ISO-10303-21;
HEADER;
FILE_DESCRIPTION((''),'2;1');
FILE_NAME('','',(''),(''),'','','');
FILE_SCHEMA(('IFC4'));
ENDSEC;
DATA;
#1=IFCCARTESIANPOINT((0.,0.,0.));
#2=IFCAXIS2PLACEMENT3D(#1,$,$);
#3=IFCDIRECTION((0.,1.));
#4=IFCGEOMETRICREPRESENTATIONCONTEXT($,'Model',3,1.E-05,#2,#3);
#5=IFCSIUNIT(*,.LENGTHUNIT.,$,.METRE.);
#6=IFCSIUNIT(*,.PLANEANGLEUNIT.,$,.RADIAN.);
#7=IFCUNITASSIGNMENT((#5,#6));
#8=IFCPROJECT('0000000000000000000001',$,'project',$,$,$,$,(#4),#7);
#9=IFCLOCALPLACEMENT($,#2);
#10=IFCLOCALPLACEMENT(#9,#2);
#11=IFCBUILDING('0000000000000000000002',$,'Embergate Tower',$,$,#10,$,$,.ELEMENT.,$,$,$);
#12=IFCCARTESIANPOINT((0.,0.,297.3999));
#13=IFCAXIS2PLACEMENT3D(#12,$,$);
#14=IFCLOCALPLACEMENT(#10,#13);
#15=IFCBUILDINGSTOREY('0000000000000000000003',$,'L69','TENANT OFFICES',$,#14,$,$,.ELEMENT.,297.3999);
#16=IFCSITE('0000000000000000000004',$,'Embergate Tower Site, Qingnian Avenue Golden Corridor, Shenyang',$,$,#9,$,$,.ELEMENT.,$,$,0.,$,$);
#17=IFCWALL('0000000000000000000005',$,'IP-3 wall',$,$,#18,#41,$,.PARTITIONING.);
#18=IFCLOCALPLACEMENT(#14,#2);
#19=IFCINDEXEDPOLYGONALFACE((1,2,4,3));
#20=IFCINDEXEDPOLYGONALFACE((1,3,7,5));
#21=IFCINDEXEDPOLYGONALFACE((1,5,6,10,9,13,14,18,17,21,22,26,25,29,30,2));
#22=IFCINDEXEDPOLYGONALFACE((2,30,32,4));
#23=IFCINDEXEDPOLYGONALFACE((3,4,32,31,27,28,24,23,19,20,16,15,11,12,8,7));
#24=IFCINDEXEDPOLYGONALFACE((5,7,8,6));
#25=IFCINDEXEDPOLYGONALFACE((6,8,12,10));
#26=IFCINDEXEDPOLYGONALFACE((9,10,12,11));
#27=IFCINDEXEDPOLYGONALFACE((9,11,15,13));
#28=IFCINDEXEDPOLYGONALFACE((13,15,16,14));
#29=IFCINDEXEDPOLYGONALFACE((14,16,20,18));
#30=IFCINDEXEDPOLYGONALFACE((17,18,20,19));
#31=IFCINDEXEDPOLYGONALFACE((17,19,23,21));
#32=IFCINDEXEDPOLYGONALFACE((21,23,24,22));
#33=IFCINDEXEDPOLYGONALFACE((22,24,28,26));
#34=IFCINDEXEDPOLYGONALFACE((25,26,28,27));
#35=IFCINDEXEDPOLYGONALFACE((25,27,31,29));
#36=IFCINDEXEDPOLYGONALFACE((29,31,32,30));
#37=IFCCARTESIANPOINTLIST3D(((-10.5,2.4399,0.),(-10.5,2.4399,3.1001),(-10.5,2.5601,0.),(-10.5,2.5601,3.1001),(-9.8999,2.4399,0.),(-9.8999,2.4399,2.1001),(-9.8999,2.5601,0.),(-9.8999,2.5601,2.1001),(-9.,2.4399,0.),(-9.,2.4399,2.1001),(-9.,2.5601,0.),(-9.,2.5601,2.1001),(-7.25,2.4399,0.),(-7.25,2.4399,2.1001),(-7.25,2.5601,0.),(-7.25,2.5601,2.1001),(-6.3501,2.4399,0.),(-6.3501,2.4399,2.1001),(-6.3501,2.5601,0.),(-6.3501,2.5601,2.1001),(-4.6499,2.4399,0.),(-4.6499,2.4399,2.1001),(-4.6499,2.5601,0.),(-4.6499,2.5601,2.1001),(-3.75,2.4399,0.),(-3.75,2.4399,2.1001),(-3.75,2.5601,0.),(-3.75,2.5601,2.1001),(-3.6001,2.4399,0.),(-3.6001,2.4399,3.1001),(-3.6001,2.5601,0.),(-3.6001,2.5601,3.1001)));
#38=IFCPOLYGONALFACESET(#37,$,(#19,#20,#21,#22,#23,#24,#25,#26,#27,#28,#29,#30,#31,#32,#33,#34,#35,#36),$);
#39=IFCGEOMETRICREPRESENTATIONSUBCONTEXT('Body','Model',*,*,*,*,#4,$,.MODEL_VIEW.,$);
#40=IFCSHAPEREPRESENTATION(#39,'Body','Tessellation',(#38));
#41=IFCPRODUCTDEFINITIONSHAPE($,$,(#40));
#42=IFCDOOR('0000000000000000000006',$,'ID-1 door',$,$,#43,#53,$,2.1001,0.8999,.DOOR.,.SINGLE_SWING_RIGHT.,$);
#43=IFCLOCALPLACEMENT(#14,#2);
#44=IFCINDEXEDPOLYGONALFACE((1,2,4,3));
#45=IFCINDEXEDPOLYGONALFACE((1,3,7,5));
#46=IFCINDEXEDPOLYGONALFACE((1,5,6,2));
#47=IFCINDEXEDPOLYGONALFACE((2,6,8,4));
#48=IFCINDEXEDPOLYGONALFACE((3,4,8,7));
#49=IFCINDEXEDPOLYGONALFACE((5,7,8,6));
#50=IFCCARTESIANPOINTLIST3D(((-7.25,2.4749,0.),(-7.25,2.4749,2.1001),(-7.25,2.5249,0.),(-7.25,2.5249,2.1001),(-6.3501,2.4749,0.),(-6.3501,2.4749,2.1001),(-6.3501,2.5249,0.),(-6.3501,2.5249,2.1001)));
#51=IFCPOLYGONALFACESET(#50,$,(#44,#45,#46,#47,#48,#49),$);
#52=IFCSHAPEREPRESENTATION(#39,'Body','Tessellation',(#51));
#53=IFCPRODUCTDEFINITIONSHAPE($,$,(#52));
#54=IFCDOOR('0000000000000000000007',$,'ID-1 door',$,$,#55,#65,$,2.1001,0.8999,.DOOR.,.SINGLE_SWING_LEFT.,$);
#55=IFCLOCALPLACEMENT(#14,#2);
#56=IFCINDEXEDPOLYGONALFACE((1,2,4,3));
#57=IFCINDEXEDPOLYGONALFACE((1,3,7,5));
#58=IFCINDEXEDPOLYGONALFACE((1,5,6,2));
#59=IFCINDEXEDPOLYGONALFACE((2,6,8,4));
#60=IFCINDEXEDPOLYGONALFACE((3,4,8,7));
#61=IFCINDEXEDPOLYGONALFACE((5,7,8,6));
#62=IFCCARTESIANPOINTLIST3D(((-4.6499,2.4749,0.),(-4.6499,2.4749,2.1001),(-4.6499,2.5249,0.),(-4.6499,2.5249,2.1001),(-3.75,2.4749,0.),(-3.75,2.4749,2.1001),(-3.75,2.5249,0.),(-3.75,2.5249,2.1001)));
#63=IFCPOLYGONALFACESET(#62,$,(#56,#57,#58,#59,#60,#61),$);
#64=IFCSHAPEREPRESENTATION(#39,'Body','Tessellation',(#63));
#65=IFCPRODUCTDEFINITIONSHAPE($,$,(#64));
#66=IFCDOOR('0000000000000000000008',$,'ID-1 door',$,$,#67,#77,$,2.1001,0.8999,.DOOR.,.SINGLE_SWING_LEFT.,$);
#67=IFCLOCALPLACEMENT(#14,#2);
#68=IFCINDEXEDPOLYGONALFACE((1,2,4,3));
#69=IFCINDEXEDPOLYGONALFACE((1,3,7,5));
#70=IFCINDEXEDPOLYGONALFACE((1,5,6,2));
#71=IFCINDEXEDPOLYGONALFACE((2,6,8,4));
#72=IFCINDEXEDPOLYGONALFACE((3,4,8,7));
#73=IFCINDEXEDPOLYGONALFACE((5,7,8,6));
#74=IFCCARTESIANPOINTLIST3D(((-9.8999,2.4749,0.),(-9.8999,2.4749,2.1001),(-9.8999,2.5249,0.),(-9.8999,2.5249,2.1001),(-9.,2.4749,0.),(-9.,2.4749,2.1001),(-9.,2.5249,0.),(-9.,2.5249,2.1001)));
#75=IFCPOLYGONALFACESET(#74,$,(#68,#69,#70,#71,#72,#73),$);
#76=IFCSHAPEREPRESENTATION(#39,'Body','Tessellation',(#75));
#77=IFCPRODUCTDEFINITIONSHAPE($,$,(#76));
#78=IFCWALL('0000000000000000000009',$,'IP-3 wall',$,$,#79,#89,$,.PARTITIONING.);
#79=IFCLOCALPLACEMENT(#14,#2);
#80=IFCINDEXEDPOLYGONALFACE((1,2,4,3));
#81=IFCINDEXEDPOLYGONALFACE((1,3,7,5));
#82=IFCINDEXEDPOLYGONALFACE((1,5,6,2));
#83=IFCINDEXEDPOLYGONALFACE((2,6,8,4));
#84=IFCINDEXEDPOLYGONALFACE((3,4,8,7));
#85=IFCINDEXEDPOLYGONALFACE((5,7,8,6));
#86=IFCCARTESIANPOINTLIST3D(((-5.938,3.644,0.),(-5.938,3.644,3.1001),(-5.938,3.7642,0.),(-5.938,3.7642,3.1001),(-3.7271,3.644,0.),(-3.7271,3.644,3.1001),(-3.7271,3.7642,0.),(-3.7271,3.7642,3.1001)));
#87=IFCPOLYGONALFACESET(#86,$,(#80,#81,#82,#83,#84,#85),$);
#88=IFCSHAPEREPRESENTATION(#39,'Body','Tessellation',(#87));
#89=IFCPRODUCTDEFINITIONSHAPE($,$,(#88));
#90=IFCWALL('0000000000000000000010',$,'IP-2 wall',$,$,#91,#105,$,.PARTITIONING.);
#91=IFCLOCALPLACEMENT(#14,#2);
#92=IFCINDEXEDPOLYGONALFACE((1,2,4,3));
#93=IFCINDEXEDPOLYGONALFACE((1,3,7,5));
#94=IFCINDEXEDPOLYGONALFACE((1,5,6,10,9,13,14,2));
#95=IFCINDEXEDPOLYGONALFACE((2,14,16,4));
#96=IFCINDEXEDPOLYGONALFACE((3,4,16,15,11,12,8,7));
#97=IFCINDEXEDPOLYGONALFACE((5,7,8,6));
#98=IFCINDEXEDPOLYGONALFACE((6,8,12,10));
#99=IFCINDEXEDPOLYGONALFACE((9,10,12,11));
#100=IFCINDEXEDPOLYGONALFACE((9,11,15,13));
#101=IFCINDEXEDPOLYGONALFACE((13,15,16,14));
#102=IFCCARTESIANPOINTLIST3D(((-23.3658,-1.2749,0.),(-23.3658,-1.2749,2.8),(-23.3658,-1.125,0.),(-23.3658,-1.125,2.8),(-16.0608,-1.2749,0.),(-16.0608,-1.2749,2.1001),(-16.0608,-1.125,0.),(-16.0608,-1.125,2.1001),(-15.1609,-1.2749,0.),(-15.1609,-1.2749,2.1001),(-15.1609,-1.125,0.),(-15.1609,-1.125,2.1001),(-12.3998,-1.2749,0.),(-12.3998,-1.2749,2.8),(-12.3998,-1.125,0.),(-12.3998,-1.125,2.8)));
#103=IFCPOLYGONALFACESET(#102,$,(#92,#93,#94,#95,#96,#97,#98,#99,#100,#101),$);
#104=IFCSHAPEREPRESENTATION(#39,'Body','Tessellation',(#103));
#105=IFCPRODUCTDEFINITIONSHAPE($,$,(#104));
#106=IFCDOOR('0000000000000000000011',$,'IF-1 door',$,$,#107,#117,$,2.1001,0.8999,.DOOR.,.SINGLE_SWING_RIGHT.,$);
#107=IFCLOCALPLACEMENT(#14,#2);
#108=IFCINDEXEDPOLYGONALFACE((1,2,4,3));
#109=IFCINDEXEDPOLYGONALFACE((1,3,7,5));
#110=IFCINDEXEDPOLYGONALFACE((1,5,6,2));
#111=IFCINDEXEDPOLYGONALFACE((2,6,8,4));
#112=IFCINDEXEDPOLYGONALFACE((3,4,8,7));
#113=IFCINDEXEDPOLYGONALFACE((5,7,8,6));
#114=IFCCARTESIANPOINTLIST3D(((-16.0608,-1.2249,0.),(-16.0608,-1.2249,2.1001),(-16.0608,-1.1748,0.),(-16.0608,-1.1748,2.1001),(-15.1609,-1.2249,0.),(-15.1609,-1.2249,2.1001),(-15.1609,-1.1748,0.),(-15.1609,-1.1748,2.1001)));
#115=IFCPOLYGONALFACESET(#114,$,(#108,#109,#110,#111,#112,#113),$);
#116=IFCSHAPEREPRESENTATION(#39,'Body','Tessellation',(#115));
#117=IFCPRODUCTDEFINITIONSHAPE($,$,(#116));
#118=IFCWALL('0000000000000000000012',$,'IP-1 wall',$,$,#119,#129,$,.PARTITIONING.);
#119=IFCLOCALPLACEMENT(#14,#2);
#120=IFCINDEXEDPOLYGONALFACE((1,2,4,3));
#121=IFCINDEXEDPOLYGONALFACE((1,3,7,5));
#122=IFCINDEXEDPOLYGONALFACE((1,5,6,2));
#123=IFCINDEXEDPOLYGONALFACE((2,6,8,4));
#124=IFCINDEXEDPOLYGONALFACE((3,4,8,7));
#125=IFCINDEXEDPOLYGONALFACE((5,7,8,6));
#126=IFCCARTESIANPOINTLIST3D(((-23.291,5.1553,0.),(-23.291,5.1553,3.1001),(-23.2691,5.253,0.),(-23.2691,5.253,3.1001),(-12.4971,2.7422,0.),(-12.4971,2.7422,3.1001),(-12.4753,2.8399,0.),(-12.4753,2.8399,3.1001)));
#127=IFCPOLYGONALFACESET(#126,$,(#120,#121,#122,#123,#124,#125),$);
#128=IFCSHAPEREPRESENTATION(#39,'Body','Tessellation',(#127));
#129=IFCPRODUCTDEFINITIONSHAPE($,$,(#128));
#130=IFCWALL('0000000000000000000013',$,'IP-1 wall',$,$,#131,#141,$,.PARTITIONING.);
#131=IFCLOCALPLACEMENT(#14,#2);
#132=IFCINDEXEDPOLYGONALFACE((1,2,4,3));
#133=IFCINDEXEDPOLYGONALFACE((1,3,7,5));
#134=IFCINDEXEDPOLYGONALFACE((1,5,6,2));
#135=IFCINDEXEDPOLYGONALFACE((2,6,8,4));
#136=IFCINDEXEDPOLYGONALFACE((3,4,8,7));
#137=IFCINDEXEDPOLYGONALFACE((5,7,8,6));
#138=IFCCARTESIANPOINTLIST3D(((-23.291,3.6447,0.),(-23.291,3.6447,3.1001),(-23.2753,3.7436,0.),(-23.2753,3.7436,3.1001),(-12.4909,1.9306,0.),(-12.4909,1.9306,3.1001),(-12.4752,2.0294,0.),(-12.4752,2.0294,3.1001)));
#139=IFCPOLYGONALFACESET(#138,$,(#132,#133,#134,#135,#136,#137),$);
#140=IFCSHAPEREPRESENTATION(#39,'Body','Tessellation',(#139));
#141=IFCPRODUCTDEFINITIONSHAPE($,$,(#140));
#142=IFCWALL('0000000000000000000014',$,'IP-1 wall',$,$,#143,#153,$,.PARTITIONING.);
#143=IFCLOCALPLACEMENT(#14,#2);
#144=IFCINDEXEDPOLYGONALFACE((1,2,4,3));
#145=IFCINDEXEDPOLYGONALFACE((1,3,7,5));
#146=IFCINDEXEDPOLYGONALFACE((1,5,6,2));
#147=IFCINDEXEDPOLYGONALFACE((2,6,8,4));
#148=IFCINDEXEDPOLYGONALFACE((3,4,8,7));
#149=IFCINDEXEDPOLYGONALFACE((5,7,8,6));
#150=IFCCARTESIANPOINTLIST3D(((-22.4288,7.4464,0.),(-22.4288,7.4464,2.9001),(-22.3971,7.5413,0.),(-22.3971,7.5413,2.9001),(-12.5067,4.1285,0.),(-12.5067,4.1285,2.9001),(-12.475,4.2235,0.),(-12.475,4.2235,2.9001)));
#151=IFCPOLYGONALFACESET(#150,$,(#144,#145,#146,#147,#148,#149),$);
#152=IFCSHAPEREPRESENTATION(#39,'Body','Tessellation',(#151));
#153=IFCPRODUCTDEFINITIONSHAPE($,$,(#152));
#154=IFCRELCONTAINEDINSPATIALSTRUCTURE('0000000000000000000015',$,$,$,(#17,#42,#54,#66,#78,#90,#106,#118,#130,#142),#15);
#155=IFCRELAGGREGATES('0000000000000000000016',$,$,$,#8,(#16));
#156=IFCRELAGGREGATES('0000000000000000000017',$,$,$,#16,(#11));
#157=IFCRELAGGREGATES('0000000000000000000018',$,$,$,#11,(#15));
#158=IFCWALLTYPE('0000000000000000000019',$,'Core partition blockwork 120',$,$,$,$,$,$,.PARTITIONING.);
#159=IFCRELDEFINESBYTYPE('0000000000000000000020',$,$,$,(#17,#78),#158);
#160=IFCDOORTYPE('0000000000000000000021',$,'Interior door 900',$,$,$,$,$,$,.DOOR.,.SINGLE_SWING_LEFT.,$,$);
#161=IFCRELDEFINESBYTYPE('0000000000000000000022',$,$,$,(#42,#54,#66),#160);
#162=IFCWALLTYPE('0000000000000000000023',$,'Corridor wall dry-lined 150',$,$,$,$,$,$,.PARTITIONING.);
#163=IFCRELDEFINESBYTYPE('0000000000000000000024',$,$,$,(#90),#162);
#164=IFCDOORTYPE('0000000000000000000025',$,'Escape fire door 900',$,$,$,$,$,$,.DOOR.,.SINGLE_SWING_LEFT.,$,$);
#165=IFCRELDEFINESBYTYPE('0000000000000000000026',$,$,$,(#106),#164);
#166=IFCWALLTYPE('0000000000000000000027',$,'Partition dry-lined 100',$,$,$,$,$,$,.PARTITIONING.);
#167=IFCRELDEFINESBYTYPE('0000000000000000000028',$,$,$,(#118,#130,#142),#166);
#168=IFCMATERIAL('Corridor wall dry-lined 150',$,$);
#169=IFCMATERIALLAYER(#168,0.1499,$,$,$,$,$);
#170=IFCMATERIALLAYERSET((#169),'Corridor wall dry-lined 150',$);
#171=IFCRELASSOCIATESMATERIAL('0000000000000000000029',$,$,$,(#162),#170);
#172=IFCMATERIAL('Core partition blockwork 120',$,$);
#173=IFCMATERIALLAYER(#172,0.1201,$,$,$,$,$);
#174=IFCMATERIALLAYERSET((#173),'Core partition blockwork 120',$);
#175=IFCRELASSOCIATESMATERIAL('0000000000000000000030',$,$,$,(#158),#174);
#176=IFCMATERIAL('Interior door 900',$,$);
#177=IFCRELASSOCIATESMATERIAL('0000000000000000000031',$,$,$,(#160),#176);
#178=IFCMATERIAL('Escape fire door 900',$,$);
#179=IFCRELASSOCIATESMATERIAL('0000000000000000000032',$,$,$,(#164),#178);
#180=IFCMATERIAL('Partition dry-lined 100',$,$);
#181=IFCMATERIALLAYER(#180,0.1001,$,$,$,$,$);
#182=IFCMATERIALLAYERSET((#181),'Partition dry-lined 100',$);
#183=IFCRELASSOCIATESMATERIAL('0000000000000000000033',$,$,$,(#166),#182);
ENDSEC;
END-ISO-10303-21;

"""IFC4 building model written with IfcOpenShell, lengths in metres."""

from ifc_helpers import new_model, si_unit, direction, frame, frame_2d, origin, place, context, subcontext, project, spatial, rectangle, extrude, source, transform, mapped, material, layer, layer_set, type_object, element, fill, save


model = new_model("IFC4")

# Units and contexts
model_context = context("Model", 3, precision=1e-05, world=origin(), true_north=direction((0.0, 1.0)))
body_context = subcontext(model_context, "Body", "Model", "MODEL_VIEW")
ifc_project = project(units=[si_unit("LENGTHUNIT", "METRE"), si_unit("PLANEANGLEUNIT", "RADIAN")], contexts=[model_context])

# Site, building, storey
site_placement = place(None, origin())
site = spatial("IfcSite", under=ifc_project, at=site_placement, Name="Embergate Tower Site, Qingnian Avenue Golden Corridor, Shenyang", CompositionType="ELEMENT", RefElevation=0.0)
building_placement = place(site_placement, origin())
building = spatial("IfcBuilding", under=site, at=building_placement, Name="Embergate Tower", CompositionType="ELEMENT")
storey_placement = place(building_placement, frame((0.0, 0.0, 297.3999)))
storey = spatial("IfcBuildingStorey", under=building, at=storey_placement, Name="L69", Description="TENANT OFFICES", CompositionType="ELEMENT", Elevation=297.3999)

# Shared definitions
ifc_material_1 = material(Name="Corridor wall dry-lined 150")
ifc_layer_1 = layer(ifc_material_1, 0.1499)
ifc_layer_set_1 = layer_set([ifc_layer_1], Name="Corridor wall dry-lined 150")
wall_type_1 = type_object("IfcWallType", Name="Corridor wall dry-lined 150", PredefinedType="PARTITIONING", material=ifc_layer_set_1)
ifc_material_2 = material(Name="Core partition blockwork 120")
ifc_layer_2 = layer(ifc_material_2, 0.1201)
ifc_layer_set_2 = layer_set([ifc_layer_2], Name="Core partition blockwork 120")
wall_type_2 = type_object("IfcWallType", Name="Core partition blockwork 120", PredefinedType="PARTITIONING", material=ifc_layer_set_2)

# Wall, openings, doors
shared_shape_1 = source(origin(), body_context, "Body", "SweptSolid", [
    extrude(rectangle(XDim=6.8999, YDim=0.1201, at=frame_2d((3.45, 0.0))), origin(), (0.0, 0.0, 1.0), 3.1001),
])
wall_1_placement = place(storey_placement, frame((-10.5, 2.5, 0.0), z_axis=(0.0, 0.0, 1.0), x_axis=(1.0, 0.0, 0.0)))
wall_1 = element("IfcWall", 1, at=wall_1_placement, inside=storey, type_object=wall_type_2, Name="IP-3 wall", PredefinedType="PARTITIONING", context=body_context, shape_type="MappedRepresentation", body=[
    mapped(shared_shape_1, transform((0.0, 0.0, 0.0))),
])
shared_shape_2 = source(origin(), body_context, "Body", "SweptSolid", [
    extrude(rectangle(XDim=0.8999, YDim=2.1001, at=frame_2d((0.45, 1.05))), frame((0.0, 0.0701, 0.0), z_axis=(0.0, -1.0, 0.0), x_axis=(1.0, 0.0, 0.0)), (0.0, 0.0, 1.0), 0.1401),
])
opening_1_placement = place(wall_1_placement, frame((3.25, 0.0, 0.0)))
opening_1 = element("IfcOpeningElement", 2, at=opening_1_placement, cuts=wall_1, PredefinedType="OPENING", context=body_context, shape_type="MappedRepresentation", body=[
    mapped(shared_shape_2, transform((0.0, 0.0, 0.0))),
])
opening_2_placement = place(wall_1_placement, frame((5.8501, 0.0, 0.0)))
opening_2 = element("IfcOpeningElement", 3, at=opening_2_placement, cuts=wall_1, PredefinedType="OPENING", context=body_context, shape_type="MappedRepresentation", body=[
    mapped(shared_shape_2, transform((0.0, 0.0, 0.0))),
])
opening_3_placement = place(wall_1_placement, frame((0.6001, 0.0, 0.0)))
opening_3 = element("IfcOpeningElement", 4, at=opening_3_placement, cuts=wall_1, PredefinedType="OPENING", context=body_context, shape_type="MappedRepresentation", body=[
    mapped(shared_shape_2, transform((0.0, 0.0, 0.0))),
])
ifc_material_3 = material(Name="Interior door 900")
door_type_1 = type_object("IfcDoorType", Name="Interior door 900", OperationType="SINGLE_SWING_LEFT", PredefinedType="DOOR", material=ifc_material_3)
shared_shape_3 = source(origin(), body_context, "Body", "SweptSolid", [
    extrude(rectangle(XDim=0.8999, YDim=2.1001, at=frame_2d((0.45, 1.05))), frame((0.0, 0.0249, 0.0), z_axis=(0.0, -1.0, 0.0), x_axis=(1.0, 0.0, 0.0)), (0.0, 0.0, 1.0), 0.05),
])
door_1_placement = place(opening_1_placement, origin())
door_1 = element("IfcDoor", 5, at=door_1_placement, inside=storey, type_object=door_type_1, Name="ID-1 door", OperationType="SINGLE_SWING_RIGHT", OverallHeight=2.1001, OverallWidth=0.8999, PredefinedType="DOOR", context=body_context, shape_type="MappedRepresentation", body=[
    mapped(shared_shape_3, transform((0.0, 0.0, 0.0))),
])
fill(opening_1, door_1)
door_2_placement = place(opening_2_placement, origin())
door_2 = element("IfcDoor", 6, at=door_2_placement, inside=storey, type_object=door_type_1, Name="ID-1 door", OperationType="SINGLE_SWING_LEFT", OverallHeight=2.1001, OverallWidth=0.8999, PredefinedType="DOOR", context=body_context, shape_type="MappedRepresentation", body=[
    mapped(shared_shape_3, transform((0.0, 0.0, 0.0))),
])
fill(opening_2, door_2)
door_3_placement = place(opening_3_placement, origin())
door_3 = element("IfcDoor", 7, at=door_3_placement, inside=storey, type_object=door_type_1, Name="ID-1 door", OperationType="SINGLE_SWING_LEFT", OverallHeight=2.1001, OverallWidth=0.8999, PredefinedType="DOOR", context=body_context, shape_type="MappedRepresentation", body=[
    mapped(shared_shape_3, transform((0.0, 0.0, 0.0))),
])
fill(opening_3, door_3)

# Wall
shared_shape_4 = source(origin(), body_context, "Body", "SweptSolid", [
    extrude(rectangle(XDim=2.2109, YDim=0.1201, at=frame_2d((1.1055, 0.0))), origin(), (0.0, 0.0, 1.0), 3.1001),
])
wall_2_placement = place(storey_placement, frame((-3.7271, 3.7041, 0.0), z_axis=(0.0, 0.0, 1.0), x_axis=(-1.0, 0.0, 0.0)))
element("IfcWall", 8, at=wall_2_placement, inside=storey, type_object=wall_type_2, Name="IP-3 wall", PredefinedType="PARTITIONING", context=body_context, shape_type="MappedRepresentation", body=[
    mapped(shared_shape_4, transform((0.0, 0.0, 0.0))),
])

# Wall, opening, door
shared_shape_5 = source(origin(), body_context, "Body", "SweptSolid", [
    extrude(rectangle(XDim=10.9661, YDim=0.1499, at=frame_2d((5.4829, 0.0))), origin(), (0.0, 0.0, 1.0), 2.8),
])
wall_3_placement = place(storey_placement, frame((-12.3999, -1.2, 0.0), z_axis=(0.0, 0.0, 1.0), x_axis=(-1.0, 0.0, 0.0)))
wall_3 = element("IfcWall", 9, at=wall_3_placement, inside=storey, type_object=wall_type_1, Name="IP-2 wall", PredefinedType="PARTITIONING", context=body_context, shape_type="MappedRepresentation", body=[
    mapped(shared_shape_5, transform((0.0, 0.0, 0.0))),
])
shared_shape_6 = source(origin(), body_context, "Body", "SweptSolid", [
    extrude(rectangle(XDim=0.8999, YDim=2.1001, at=frame_2d((0.45, 1.05))), frame((0.0, 0.085, 0.0), z_axis=(0.0, -1.0, 0.0), x_axis=(1.0, 0.0, 0.0)), (0.0, 0.0, 1.0), 0.1699),
])
opening_4_placement = place(wall_3_placement, frame((2.761, 0.0, 0.0)))
opening_4 = element("IfcOpeningElement", 10, at=opening_4_placement, cuts=wall_3, PredefinedType="OPENING", context=body_context, shape_type="MappedRepresentation", body=[
    mapped(shared_shape_6, transform((0.0, 0.0, 0.0))),
])
ifc_material_4 = material(Name="Escape fire door 900")
door_type_2 = type_object("IfcDoorType", Name="Escape fire door 900", OperationType="SINGLE_SWING_LEFT", PredefinedType="DOOR", material=ifc_material_4)
door_4_placement = place(opening_4_placement, origin())
door_4 = element("IfcDoor", 11, at=door_4_placement, inside=storey, type_object=door_type_2, Name="IF-1 door", OperationType="SINGLE_SWING_RIGHT", OverallHeight=2.1001, OverallWidth=0.8999, PredefinedType="DOOR", context=body_context, shape_type="MappedRepresentation", body=[
    mapped(shared_shape_3, transform((0.0, 0.0, 0.0))),
])
fill(opening_4, door_4)

# Walls
ifc_material_5 = material(Name="Partition dry-lined 100")
ifc_layer_3 = layer(ifc_material_5, 0.1001)
ifc_layer_set_3 = layer_set([ifc_layer_3], Name="Partition dry-lined 100")
wall_type_3 = type_object("IfcWallType", Name="Partition dry-lined 100", PredefinedType="PARTITIONING", material=ifc_layer_set_3)
shared_shape_7 = source(origin(), body_context, "Body", "SweptSolid", [
    extrude(rectangle(XDim=11.0603, YDim=0.1001, at=frame_2d((5.5303, 0.0))), origin(), (0.0, 0.0, 1.0), 3.1001),
])
wall_4_placement = place(storey_placement, frame((-12.4861, 2.791, 0.0), z_axis=(0.0, 0.0, 1.0), x_axis=(-0.97591, 0.218174, 0.0)))
element("IfcWall", 12, at=wall_4_placement, inside=storey, type_object=wall_type_3, Name="IP-1 wall", PredefinedType="PARTITIONING", context=body_context, shape_type="MappedRepresentation", body=[
    mapped(shared_shape_7, transform((0.0, 0.0, 0.0))),
])
shared_shape_8 = source(origin(), body_context, "Body", "SweptSolid", [
    extrude(rectangle(XDim=10.9353, YDim=0.1001, at=frame_2d((5.4678, 0.0))), origin(), (0.0, 0.0, 1.0), 3.1001),
])
wall_5_placement = place(storey_placement, frame((-12.4829, 1.98, 0.0), z_axis=(0.0, 0.0, 1.0), x_axis=(-0.987638, 0.156751, 0.0)))
element("IfcWall", 13, at=wall_5_placement, inside=storey, type_object=wall_type_3, Name="IP-1 wall", PredefinedType="PARTITIONING", context=body_context, shape_type="MappedRepresentation", body=[
    mapped(shared_shape_8, transform((0.0, 0.0, 0.0))),
])
shared_shape_9 = source(origin(), body_context, "Body", "SweptSolid", [
    extrude(rectangle(XDim=10.4622, YDim=0.1001, at=frame_2d((5.231, 0.0))), origin(), (0.0, 0.0, 1.0), 2.9001),
])
wall_6_placement = place(storey_placement, frame((-12.491, 4.176, 0.0), z_axis=(0.0, 0.0, 1.0), x_axis=(-0.948382, 0.317131, 0.0)))
element("IfcWall", 14, at=wall_6_placement, inside=storey, type_object=wall_type_3, Name="IP-1 wall", PredefinedType="PARTITIONING", context=body_context, shape_type="MappedRepresentation", body=[
    mapped(shared_shape_9, transform((0.0, 0.0, 0.0))),
])

save(model, "model.ifc")
